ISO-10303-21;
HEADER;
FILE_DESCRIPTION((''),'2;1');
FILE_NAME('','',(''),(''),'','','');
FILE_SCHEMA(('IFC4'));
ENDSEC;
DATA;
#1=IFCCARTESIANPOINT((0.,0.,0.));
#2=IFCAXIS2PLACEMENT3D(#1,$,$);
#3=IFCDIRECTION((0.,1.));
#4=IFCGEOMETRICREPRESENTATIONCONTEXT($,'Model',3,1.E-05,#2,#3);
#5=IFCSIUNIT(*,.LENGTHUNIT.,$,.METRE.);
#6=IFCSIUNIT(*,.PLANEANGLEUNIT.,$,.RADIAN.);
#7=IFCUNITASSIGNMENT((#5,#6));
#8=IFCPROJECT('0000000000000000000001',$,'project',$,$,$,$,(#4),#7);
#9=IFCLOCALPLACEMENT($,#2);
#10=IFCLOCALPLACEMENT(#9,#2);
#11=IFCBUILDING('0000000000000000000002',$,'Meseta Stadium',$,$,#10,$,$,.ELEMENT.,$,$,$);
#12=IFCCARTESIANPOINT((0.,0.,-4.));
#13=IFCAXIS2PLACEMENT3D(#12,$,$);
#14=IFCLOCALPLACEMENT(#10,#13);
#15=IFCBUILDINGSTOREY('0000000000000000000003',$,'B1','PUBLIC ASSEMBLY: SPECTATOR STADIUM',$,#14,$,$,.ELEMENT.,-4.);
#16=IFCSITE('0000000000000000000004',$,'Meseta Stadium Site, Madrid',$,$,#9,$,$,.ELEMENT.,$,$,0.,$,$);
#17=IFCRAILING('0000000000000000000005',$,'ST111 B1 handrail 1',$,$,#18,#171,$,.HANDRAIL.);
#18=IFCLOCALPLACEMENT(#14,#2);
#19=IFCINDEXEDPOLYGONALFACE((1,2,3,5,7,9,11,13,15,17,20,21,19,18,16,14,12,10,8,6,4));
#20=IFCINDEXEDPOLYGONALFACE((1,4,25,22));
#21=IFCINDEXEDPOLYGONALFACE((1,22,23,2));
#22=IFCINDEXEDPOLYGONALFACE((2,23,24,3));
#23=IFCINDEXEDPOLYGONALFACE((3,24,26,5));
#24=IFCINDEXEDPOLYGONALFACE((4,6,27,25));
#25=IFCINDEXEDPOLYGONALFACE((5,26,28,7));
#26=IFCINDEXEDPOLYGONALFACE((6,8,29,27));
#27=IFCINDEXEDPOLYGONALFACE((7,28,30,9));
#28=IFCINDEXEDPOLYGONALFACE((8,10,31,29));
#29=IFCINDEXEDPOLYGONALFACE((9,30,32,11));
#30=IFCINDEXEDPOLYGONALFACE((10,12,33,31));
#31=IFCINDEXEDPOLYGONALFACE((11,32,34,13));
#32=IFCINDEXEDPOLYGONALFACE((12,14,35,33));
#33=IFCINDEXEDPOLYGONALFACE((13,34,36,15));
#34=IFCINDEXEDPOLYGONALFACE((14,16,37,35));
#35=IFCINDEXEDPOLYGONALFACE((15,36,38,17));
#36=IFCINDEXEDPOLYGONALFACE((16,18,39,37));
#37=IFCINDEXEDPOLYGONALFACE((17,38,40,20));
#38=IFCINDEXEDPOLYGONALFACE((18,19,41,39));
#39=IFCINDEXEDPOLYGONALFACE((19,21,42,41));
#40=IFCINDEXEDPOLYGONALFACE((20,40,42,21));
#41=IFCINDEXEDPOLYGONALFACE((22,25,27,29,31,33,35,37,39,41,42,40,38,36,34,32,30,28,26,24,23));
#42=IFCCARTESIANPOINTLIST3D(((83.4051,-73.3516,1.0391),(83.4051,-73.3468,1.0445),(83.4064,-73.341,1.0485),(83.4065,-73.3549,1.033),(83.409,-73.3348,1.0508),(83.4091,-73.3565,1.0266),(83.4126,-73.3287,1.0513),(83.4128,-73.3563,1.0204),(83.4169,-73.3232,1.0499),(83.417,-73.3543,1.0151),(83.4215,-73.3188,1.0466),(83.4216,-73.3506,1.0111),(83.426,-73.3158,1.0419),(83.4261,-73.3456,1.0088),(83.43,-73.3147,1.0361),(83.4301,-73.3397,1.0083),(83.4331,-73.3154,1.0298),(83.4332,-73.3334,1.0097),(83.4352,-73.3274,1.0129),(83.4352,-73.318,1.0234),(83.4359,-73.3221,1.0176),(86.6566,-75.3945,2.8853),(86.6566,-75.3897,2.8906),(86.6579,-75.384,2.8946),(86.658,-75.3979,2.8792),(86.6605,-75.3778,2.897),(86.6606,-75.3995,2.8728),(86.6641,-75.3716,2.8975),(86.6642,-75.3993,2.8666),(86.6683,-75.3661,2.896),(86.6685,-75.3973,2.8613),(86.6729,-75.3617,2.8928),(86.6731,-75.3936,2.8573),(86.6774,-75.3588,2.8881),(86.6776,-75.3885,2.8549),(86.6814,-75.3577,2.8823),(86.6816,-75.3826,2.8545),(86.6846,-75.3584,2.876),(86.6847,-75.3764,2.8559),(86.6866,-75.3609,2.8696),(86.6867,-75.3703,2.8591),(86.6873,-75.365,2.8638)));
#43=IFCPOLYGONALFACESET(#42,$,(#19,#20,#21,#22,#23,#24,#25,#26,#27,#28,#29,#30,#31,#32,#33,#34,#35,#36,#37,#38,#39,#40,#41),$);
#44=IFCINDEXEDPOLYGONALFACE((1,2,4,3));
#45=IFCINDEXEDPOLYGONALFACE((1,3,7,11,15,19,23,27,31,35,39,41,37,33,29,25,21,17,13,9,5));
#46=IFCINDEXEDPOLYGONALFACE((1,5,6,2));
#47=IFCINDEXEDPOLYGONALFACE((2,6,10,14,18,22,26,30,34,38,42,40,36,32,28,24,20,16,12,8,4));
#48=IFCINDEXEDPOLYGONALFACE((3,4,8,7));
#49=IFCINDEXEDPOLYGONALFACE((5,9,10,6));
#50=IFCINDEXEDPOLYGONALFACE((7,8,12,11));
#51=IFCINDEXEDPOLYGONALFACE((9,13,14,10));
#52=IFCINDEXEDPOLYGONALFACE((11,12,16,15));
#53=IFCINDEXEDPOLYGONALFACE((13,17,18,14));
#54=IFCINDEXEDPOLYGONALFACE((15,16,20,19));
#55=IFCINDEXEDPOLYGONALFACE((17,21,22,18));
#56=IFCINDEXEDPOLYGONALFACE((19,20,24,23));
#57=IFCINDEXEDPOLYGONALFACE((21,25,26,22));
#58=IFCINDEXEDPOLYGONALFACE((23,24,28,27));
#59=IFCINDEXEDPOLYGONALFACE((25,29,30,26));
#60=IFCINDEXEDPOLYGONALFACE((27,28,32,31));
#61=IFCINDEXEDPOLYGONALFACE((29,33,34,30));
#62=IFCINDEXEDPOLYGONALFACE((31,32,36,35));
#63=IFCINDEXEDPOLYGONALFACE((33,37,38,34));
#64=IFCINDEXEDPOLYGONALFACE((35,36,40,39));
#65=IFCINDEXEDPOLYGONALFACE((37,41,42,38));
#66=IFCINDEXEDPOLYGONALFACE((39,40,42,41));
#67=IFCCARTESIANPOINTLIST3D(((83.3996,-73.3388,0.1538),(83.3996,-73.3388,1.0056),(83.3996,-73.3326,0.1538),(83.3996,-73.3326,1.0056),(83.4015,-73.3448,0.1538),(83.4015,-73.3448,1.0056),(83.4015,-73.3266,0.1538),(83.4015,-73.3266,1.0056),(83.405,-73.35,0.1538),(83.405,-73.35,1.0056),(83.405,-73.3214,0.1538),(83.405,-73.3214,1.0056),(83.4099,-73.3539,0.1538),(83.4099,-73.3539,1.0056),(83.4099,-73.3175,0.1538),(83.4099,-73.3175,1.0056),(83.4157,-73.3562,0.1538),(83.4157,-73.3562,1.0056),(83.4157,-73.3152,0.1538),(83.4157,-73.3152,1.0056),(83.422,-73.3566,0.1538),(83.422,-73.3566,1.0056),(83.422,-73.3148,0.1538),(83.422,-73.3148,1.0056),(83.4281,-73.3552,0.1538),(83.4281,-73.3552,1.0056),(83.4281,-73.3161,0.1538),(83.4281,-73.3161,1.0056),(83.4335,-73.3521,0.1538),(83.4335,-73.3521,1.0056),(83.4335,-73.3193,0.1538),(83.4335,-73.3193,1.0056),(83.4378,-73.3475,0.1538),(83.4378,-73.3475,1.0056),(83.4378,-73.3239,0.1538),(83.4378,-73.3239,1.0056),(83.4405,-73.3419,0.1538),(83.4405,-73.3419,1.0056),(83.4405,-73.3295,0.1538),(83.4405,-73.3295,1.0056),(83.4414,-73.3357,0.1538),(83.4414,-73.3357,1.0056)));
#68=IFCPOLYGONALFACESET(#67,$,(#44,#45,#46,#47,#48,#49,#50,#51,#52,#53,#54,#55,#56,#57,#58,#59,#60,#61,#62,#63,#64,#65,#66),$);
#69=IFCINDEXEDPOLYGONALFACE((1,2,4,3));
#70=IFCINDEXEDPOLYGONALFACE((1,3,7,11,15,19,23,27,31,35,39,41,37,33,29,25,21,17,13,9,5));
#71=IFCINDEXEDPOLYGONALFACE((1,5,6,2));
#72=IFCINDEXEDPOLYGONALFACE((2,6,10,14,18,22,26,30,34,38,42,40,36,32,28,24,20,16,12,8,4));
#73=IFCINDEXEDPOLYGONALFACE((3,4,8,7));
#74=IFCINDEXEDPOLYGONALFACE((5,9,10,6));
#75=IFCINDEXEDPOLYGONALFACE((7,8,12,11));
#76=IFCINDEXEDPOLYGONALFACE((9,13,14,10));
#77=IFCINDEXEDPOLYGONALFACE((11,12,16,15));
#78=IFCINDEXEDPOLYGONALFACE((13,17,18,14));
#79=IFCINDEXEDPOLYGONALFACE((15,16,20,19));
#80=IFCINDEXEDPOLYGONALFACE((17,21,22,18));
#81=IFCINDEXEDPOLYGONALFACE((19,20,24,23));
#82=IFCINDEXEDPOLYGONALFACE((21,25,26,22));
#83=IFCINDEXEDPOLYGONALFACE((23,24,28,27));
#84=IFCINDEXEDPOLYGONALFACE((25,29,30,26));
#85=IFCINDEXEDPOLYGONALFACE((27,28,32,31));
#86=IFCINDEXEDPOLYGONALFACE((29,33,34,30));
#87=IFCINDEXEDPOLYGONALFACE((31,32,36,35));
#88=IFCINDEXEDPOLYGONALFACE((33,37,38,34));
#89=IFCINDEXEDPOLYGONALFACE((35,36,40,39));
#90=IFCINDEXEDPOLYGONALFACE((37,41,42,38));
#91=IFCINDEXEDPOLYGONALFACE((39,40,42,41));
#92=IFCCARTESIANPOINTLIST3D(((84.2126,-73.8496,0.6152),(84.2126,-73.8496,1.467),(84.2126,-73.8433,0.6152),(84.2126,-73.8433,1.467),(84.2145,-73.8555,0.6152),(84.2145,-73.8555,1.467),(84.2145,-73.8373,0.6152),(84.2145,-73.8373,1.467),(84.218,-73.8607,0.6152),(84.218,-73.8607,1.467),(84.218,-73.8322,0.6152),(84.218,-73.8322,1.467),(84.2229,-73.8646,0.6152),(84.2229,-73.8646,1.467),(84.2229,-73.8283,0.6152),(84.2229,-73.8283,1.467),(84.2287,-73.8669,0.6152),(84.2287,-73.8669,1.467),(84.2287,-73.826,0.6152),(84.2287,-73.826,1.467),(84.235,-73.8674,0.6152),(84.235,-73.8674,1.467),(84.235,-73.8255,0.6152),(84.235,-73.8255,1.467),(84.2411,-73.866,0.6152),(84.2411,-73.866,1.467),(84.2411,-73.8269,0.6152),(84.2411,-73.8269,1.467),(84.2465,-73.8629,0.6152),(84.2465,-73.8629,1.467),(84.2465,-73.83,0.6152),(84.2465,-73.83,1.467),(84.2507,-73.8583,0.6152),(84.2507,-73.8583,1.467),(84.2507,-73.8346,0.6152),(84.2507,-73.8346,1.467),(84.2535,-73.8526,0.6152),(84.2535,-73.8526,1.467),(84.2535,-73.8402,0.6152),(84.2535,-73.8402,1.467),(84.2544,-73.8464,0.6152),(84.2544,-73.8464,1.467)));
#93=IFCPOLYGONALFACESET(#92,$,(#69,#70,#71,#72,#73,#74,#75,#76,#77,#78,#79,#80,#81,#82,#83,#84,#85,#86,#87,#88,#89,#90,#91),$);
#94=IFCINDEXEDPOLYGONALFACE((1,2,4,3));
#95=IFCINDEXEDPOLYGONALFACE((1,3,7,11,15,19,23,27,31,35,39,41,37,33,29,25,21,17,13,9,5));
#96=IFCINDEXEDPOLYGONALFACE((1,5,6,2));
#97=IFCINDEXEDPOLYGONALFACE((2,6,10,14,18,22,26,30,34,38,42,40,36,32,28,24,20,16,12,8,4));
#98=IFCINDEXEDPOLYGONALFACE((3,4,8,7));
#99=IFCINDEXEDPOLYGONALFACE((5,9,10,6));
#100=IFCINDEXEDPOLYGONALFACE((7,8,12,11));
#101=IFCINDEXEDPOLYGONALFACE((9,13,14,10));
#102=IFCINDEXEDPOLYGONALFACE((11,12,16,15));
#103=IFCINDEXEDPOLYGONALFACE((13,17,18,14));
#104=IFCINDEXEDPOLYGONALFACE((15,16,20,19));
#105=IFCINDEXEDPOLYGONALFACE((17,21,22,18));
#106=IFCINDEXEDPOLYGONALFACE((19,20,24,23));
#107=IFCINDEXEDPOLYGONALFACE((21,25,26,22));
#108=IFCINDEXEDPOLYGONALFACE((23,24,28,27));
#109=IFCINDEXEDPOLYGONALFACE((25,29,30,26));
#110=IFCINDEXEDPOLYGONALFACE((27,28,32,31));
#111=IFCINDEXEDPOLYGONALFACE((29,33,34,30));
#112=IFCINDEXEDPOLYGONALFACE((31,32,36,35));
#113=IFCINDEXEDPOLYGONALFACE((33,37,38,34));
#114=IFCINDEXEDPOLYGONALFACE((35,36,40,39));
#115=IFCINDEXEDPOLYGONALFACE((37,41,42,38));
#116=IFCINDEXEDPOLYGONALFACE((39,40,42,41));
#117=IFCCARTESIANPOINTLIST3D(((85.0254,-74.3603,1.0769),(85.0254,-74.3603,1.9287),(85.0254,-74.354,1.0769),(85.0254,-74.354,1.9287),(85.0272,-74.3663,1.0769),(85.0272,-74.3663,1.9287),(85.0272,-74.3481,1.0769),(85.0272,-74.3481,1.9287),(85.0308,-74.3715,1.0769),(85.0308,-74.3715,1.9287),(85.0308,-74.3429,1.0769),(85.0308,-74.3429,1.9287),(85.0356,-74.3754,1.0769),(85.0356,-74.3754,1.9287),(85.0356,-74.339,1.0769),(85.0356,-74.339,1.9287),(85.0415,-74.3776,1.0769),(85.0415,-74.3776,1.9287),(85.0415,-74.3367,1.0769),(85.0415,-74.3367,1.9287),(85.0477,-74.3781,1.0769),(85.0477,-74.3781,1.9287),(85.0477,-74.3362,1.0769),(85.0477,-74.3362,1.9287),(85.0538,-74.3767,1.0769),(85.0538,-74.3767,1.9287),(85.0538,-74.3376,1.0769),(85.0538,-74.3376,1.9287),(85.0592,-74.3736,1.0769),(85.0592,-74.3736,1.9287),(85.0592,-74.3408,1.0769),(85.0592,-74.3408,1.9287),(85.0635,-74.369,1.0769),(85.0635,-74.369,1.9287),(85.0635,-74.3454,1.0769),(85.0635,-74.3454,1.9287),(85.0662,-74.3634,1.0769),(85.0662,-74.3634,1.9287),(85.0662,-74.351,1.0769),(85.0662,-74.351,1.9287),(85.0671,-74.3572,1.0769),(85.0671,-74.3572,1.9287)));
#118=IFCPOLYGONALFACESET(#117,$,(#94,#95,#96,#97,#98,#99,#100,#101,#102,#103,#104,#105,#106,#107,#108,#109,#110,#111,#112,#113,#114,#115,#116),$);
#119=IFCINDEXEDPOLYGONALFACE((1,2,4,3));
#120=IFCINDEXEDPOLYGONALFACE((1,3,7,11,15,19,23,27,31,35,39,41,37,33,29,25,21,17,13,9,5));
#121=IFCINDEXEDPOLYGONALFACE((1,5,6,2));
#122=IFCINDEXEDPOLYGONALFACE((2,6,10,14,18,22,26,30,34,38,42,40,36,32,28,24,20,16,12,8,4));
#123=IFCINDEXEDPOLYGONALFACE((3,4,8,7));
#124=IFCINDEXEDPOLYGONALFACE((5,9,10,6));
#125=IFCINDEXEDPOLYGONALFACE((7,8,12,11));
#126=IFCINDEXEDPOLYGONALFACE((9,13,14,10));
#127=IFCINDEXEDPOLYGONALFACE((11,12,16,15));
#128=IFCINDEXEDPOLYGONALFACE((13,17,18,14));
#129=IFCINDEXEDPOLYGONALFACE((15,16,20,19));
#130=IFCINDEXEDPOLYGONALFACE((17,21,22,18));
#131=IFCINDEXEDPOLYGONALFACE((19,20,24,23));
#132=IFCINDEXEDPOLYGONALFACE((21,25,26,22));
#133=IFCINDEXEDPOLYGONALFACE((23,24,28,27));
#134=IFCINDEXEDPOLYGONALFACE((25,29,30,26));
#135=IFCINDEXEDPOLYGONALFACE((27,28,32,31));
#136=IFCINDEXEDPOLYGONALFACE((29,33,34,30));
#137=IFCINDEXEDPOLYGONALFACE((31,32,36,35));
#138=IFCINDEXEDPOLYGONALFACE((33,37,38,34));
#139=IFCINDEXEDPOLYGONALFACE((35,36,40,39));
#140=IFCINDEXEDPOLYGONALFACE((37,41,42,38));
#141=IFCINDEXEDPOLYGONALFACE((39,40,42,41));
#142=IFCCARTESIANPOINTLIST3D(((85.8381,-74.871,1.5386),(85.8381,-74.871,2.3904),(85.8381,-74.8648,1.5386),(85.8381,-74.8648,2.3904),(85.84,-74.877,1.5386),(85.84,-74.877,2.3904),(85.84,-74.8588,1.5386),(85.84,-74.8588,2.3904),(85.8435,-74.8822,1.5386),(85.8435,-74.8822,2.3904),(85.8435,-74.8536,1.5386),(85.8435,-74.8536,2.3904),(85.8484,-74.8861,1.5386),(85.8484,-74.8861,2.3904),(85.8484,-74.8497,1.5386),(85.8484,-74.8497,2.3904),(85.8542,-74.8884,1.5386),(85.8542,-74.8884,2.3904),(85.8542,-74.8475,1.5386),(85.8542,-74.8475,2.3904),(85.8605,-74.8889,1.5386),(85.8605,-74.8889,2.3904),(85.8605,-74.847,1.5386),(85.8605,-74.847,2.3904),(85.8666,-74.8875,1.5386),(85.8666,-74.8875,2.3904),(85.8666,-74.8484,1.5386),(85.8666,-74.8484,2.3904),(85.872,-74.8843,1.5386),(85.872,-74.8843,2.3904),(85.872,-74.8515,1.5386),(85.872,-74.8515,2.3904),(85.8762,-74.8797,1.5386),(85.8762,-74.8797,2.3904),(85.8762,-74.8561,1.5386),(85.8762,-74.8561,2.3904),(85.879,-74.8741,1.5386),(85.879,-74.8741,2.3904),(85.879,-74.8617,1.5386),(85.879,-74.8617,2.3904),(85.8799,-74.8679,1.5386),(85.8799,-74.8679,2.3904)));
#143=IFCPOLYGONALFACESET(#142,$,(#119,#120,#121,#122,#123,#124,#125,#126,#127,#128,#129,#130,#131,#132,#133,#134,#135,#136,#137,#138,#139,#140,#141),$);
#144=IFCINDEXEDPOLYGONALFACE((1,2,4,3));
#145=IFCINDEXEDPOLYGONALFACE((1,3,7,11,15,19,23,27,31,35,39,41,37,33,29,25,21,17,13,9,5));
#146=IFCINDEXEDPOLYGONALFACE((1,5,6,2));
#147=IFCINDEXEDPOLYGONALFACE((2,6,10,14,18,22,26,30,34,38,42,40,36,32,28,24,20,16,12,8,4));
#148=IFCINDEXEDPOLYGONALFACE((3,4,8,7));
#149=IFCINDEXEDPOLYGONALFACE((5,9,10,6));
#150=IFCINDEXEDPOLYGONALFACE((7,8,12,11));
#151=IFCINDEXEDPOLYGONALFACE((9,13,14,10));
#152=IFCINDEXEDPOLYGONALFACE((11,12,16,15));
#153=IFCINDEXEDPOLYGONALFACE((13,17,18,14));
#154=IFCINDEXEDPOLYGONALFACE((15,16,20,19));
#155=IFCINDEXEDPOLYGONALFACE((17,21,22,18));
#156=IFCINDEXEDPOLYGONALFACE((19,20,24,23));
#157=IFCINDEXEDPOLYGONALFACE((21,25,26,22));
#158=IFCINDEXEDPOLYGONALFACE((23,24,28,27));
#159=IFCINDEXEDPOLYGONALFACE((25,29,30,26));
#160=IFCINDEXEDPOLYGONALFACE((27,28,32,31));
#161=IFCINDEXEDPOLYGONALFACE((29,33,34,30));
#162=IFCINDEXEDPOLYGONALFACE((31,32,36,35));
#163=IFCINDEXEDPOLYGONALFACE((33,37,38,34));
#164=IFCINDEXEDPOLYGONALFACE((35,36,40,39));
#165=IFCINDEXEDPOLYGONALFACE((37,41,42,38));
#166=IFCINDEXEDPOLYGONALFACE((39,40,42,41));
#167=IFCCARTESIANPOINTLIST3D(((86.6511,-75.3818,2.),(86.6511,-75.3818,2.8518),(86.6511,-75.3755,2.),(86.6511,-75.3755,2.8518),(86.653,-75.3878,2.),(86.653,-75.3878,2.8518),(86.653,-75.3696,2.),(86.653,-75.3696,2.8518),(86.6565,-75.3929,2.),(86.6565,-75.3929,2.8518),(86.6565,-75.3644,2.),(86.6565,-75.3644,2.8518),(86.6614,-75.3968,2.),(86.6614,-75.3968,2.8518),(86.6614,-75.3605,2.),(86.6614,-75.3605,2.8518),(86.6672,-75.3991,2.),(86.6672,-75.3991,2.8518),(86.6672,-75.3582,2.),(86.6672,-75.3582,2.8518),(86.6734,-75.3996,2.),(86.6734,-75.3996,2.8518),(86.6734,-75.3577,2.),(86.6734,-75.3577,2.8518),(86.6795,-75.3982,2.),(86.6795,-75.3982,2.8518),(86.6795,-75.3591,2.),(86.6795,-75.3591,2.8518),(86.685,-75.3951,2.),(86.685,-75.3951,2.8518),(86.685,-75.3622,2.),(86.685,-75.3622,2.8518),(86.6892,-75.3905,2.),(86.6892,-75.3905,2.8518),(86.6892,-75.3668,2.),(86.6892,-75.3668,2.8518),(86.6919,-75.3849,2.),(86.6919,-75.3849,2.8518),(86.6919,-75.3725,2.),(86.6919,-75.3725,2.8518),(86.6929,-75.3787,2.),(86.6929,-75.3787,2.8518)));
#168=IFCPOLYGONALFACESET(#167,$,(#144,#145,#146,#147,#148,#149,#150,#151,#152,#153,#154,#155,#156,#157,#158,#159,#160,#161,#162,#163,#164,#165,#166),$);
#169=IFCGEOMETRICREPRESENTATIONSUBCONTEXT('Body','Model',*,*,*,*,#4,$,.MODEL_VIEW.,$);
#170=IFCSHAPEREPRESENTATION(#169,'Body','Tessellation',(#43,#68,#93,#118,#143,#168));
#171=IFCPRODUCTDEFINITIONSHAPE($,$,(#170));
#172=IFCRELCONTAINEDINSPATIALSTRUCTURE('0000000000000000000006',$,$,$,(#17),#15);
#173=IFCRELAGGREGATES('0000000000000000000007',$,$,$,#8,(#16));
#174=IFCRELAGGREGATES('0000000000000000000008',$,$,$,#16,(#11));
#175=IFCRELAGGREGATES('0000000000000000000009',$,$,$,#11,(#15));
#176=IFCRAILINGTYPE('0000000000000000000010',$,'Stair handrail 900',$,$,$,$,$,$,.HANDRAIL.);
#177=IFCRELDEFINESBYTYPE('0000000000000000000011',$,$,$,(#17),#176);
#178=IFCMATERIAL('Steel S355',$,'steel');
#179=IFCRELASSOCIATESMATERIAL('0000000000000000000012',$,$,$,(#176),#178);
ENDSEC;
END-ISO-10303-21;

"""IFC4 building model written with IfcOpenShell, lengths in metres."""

from ifc_helpers import new_model, si_unit, direction, frame, origin, origin_2d, place, context, subcontext, project, spatial, circle, extrude, material, type_object, element, save


model = new_model("IFC4")

# Units and contexts
model_context = context("Model", 3, precision=1e-05, world=origin(), true_north=direction((0.0, 1.0)))
body_context = subcontext(model_context, "Body", "Model", "MODEL_VIEW")
ifc_project = project(units=[si_unit("LENGTHUNIT", "METRE"), si_unit("PLANEANGLEUNIT", "RADIAN")], contexts=[model_context])

# Site, building, storey
site_placement = place(None, origin())
site = spatial("IfcSite", under=ifc_project, at=site_placement, Name="Meseta Stadium Site, Madrid", CompositionType="ELEMENT", RefElevation=0.0)
building_placement = place(site_placement, origin())
building = spatial("IfcBuilding", under=site, at=building_placement, Name="Meseta Stadium", CompositionType="ELEMENT")
storey_placement = place(building_placement, frame((0.0, 0.0, -4.0)))
storey = spatial("IfcBuildingStorey", under=building, at=storey_placement, Name="B1", Description="PUBLIC ASSEMBLY: SPECTATOR STADIUM", CompositionType="ELEMENT", Elevation=-4.0)

# Railing
ifc_material_1 = material(Name="Steel S355", Category="steel")
railing_type_1 = type_object("IfcRailingType", Name="Stair handrail 900", PredefinedType="HANDRAIL", material=ifc_material_1)
railing_1_placement = place(storey_placement, frame((83.4204, -73.3357, 0.1538)))
element("IfcRailing", 1, at=railing_1_placement, inside=storey, type_object=railing_type_1, Name="ST111 B1 handrail 1", PredefinedType="HANDRAIL", context=body_context, shape_type="SweptSolid", body=[
    extrude(circle(Radius=0.0239, at=origin_2d()), frame((0.0, 0.0, 0.876), z_axis=(0.763117, -0.479483, 0.4333), x_axis=(0.53202, 0.846731, 0.0)), (0.0, 0.0, 1.0), 4.2607),
    extrude(circle(Radius=0.021, at=origin_2d()), origin(), (0.0, 0.0, 1.0), 0.8518),
    extrude(circle(Radius=0.021, at=origin_2d()), frame((0.813, -0.5107, 0.4614)), (0.0, 0.0, 1.0), 0.8518),
    extrude(circle(Radius=0.021, at=origin_2d()), frame((1.6257, -1.0215, 0.9231)), (0.0, 0.0, 1.0), 0.8518),
    extrude(circle(Radius=0.021, at=origin_2d()), frame((2.4385, -1.5322, 1.3848)), (0.0, 0.0, 1.0), 0.8518),
    extrude(circle(Radius=0.021, at=origin_2d()), frame((3.2515, -2.043, 1.8462)), (0.0, 0.0, 1.0), 0.8518),
])

save(model, "model.ifc")
